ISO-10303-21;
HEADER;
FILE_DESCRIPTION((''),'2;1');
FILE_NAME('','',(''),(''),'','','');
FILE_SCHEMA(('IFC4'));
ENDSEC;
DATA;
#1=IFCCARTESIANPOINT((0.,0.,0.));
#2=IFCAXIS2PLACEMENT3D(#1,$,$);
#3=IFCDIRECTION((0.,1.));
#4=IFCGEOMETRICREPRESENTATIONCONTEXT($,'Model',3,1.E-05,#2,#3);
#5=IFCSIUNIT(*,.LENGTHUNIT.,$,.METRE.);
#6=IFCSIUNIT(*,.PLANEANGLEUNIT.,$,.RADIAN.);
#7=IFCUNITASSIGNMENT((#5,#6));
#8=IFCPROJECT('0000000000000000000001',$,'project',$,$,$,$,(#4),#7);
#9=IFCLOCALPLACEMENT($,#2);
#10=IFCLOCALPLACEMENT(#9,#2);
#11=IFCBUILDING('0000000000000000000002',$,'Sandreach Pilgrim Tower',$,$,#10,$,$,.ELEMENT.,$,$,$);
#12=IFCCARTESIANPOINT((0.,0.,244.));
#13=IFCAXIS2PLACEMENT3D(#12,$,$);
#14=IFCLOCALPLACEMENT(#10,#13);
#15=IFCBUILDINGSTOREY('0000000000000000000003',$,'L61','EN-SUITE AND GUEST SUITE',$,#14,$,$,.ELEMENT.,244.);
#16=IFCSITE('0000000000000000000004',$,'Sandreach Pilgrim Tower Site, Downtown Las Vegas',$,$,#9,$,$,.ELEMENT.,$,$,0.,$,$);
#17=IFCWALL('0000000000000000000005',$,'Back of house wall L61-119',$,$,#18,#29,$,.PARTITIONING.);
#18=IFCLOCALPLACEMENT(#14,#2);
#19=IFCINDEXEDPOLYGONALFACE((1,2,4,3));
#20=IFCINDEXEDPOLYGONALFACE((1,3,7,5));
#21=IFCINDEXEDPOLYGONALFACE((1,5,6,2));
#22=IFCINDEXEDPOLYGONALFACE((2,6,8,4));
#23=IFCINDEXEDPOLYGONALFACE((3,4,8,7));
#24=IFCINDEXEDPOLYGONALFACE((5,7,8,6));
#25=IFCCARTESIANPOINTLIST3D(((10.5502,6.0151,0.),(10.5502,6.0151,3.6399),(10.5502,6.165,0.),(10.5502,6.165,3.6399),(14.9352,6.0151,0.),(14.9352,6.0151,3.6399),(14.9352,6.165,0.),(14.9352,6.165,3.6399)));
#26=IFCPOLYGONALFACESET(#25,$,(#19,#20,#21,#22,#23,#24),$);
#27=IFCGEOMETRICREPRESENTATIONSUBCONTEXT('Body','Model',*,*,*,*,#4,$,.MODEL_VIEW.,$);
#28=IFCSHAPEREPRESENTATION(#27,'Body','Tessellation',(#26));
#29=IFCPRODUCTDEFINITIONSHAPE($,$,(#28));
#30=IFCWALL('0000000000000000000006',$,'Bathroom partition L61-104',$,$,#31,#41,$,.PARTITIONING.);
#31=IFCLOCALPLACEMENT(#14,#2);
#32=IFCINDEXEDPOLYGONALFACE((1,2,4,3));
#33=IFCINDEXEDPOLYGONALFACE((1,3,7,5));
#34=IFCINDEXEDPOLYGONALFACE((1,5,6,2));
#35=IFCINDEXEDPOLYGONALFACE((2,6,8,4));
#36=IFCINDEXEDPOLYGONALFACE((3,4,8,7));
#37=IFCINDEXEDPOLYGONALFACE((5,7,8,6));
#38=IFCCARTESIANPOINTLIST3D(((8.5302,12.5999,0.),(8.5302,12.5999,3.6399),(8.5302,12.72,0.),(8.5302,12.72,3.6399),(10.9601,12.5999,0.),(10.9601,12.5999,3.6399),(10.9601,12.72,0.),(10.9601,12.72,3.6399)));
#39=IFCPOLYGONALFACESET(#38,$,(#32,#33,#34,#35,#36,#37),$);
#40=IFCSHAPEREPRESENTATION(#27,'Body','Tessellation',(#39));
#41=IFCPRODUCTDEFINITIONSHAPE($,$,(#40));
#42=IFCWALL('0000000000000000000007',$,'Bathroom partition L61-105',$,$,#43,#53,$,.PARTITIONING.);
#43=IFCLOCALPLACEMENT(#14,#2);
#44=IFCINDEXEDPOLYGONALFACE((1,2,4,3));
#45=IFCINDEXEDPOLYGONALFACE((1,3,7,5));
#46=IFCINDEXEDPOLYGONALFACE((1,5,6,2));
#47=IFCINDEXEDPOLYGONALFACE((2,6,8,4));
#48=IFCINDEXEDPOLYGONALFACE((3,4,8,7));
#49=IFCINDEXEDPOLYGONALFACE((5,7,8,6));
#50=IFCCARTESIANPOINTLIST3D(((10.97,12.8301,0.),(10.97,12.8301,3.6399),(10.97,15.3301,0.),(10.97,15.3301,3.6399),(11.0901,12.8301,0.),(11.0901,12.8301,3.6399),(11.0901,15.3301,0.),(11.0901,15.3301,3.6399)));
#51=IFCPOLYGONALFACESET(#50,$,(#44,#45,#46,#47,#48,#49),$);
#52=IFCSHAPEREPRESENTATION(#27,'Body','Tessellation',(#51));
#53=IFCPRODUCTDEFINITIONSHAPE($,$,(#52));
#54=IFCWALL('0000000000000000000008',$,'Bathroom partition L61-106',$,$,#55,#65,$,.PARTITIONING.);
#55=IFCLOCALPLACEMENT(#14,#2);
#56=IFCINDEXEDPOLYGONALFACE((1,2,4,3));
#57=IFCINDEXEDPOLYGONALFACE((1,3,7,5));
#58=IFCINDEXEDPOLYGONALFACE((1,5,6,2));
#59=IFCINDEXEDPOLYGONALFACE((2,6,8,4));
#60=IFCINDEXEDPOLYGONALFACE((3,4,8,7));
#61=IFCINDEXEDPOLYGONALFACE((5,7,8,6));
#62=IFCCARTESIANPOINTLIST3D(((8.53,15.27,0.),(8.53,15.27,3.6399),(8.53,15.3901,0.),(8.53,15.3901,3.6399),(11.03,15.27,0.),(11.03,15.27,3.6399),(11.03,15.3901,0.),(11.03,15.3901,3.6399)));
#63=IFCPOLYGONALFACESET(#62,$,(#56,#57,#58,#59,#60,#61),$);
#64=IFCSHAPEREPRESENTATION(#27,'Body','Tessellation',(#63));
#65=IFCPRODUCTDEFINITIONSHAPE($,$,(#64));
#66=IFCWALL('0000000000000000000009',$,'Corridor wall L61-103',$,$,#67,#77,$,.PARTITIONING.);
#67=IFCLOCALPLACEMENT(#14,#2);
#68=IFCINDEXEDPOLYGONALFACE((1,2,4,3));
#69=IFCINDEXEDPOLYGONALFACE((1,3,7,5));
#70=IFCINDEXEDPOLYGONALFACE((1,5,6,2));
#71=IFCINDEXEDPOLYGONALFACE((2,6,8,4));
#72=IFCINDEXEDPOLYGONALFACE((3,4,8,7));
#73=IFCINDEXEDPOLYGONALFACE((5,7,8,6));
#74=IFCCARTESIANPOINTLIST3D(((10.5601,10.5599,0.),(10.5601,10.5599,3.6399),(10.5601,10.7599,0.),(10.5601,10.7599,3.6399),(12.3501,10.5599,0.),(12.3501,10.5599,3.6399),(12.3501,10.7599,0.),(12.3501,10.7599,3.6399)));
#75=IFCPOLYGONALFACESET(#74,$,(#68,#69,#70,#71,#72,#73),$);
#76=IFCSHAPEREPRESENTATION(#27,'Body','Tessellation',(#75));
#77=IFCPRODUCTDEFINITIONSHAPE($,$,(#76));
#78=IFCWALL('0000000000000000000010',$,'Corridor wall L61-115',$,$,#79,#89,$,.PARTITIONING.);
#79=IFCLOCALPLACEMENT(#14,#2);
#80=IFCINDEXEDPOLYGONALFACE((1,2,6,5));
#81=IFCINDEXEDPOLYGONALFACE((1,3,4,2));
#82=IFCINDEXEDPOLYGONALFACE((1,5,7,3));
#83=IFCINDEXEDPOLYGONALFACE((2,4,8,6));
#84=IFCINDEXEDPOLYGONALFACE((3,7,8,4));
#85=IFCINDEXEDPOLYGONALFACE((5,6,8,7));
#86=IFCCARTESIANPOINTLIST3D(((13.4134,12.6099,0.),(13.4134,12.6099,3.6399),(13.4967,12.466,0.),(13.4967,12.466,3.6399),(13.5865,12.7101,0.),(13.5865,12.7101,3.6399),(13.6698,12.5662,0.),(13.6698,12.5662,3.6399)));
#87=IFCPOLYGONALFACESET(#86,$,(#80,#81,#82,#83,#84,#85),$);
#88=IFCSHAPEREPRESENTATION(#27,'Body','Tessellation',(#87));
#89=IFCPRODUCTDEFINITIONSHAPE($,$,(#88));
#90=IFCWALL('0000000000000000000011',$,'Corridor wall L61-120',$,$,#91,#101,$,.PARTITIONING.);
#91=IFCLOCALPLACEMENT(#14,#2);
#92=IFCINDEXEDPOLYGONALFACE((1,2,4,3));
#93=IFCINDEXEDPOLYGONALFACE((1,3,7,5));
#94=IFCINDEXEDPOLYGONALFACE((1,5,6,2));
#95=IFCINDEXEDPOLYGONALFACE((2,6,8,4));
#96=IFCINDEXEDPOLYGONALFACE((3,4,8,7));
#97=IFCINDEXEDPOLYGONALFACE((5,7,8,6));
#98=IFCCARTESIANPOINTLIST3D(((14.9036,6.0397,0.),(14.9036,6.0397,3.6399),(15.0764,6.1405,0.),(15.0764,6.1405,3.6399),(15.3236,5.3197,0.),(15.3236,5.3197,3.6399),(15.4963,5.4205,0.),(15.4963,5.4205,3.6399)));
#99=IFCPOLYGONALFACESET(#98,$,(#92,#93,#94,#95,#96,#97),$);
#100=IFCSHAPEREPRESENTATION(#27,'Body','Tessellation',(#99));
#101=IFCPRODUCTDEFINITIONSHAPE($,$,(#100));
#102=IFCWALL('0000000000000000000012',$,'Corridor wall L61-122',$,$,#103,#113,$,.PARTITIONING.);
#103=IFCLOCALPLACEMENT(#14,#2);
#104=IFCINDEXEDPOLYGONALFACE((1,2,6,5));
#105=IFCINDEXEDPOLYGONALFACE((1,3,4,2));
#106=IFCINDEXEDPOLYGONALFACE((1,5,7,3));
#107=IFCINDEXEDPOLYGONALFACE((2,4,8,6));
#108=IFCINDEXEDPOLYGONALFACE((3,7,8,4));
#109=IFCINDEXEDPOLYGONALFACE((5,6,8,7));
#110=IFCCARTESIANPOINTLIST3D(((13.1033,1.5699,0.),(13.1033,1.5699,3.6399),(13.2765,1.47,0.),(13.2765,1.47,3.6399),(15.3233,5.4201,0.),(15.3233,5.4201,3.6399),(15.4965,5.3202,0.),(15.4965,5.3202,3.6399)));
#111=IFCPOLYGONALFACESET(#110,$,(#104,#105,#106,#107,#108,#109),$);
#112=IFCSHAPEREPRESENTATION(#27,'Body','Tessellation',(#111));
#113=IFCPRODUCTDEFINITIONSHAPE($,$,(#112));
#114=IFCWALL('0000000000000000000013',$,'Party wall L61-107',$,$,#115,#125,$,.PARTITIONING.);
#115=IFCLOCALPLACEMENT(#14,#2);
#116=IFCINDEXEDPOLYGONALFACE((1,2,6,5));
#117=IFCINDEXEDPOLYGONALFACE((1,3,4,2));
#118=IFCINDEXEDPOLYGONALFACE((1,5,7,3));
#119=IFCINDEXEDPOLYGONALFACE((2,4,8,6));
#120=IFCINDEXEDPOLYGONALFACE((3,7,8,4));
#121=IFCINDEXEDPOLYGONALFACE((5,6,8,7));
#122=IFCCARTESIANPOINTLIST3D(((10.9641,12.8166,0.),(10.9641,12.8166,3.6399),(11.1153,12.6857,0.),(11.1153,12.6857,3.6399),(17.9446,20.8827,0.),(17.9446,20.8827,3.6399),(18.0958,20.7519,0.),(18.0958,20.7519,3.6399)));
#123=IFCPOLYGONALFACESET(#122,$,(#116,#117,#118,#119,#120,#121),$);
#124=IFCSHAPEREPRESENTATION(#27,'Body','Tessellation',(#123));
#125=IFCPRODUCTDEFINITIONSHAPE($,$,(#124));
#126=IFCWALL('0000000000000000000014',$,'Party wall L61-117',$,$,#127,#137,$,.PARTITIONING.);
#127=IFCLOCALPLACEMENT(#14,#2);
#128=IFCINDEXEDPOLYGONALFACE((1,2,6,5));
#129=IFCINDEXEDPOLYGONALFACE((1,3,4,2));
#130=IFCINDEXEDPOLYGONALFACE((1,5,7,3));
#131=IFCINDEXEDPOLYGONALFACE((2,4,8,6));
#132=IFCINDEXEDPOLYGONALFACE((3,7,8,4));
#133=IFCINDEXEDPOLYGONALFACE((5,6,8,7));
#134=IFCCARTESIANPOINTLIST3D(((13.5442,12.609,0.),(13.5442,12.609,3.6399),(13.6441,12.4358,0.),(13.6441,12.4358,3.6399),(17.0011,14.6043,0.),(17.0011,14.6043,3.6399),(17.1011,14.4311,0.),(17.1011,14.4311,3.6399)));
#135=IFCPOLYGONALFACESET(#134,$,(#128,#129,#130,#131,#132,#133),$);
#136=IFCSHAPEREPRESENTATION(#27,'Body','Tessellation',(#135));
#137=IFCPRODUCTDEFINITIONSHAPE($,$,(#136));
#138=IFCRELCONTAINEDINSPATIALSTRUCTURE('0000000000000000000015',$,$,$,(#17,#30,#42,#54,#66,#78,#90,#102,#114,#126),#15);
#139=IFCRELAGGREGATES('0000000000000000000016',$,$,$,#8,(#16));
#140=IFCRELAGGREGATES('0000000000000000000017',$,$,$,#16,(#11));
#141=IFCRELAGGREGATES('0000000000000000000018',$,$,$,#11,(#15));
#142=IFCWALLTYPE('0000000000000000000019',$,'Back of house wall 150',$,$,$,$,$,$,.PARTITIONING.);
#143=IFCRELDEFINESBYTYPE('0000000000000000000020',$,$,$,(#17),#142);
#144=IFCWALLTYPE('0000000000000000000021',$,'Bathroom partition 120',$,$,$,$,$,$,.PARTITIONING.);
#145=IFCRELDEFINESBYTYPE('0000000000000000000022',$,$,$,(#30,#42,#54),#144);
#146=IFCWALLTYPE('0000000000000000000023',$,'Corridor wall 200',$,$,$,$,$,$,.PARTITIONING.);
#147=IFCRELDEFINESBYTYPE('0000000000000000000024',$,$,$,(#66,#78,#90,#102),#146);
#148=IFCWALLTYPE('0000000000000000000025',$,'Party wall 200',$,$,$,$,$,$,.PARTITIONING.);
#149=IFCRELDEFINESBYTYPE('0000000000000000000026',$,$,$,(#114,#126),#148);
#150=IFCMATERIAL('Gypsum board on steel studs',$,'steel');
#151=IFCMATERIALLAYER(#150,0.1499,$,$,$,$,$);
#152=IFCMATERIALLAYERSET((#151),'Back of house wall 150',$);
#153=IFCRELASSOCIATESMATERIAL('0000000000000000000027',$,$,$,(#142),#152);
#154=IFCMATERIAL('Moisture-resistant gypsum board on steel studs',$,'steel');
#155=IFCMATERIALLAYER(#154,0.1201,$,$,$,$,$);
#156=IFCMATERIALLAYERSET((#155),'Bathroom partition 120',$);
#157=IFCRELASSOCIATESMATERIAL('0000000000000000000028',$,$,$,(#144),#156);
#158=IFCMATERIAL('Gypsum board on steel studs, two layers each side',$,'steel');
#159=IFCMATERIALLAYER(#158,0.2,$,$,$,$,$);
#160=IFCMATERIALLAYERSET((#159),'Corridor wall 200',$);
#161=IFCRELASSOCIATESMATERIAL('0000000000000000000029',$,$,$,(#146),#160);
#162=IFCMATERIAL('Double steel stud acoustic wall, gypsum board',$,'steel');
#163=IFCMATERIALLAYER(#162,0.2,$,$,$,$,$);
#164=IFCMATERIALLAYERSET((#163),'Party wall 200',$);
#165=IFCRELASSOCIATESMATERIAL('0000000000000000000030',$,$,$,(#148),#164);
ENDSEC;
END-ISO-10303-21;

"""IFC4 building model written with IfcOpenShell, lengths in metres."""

from ifc_helpers import new_model, si_unit, direction, frame, frame_2d, origin, place, context, subcontext, project, spatial, rectangle, extrude, material, layer, layer_set, type_object, element, save


model = new_model("IFC4")

# Units and contexts
model_context = context("Model", 3, precision=1e-05, world=origin(), true_north=direction((0.0, 1.0)))
body_context = subcontext(model_context, "Body", "Model", "MODEL_VIEW")
ifc_project = project(units=[si_unit("LENGTHUNIT", "METRE"), si_unit("PLANEANGLEUNIT", "RADIAN")], contexts=[model_context])

# Site, building, storey
site_placement = place(None, origin())
site = spatial("IfcSite", under=ifc_project, at=site_placement, Name="Sandreach Pilgrim Tower Site, Downtown Las Vegas", CompositionType="ELEMENT", RefElevation=0.0)
building_placement = place(site_placement, origin())
building = spatial("IfcBuilding", under=site, at=building_placement, Name="Sandreach Pilgrim Tower", CompositionType="ELEMENT")
storey_placement = place(building_placement, frame((0.0, 0.0, 244.0)))
storey = spatial("IfcBuildingStorey", under=building, at=storey_placement, Name="L61", Description="EN-SUITE AND GUEST SUITE", CompositionType="ELEMENT", Elevation=244.0)

# Walls
ifc_material_1 = material(Name="Gypsum board on steel studs", Category="steel")
ifc_layer_1 = layer(ifc_material_1, 0.1499)
ifc_layer_set_1 = layer_set([ifc_layer_1], Name="Back of house wall 150")
wall_type_1 = type_object("IfcWallType", Name="Back of house wall 150", PredefinedType="PARTITIONING", material=ifc_layer_set_1)
wall_1_placement = place(storey_placement, frame((14.9351, 6.0901, 0.0), z_axis=(0.0, 0.0, 1.0), x_axis=(-1.0, 0.0, 0.0)))
element("IfcWall", 1, at=wall_1_placement, inside=storey, type_object=wall_type_1, Name="Back of house wall L61-119", PredefinedType="PARTITIONING", context=body_context, shape_type="SweptSolid", body=[
    extrude(rectangle(XDim=4.385, YDim=0.1499, at=frame_2d((2.1924, 0.0))), origin(), (0.0, 0.0, 1.0), 3.6399),
])
ifc_material_2 = material(Name="Moisture-resistant gypsum board on steel studs", Category="steel")
ifc_layer_2 = layer(ifc_material_2, 0.1201)
ifc_layer_set_2 = layer_set([ifc_layer_2], Name="Bathroom partition 120")
wall_type_2 = type_object("IfcWallType", Name="Bathroom partition 120", PredefinedType="PARTITIONING", material=ifc_layer_set_2)
wall_2_placement = place(storey_placement, frame((10.96, 12.6599, 0.0), z_axis=(0.0, 0.0, 1.0), x_axis=(-1.0, 0.0, 0.0)))
element("IfcWall", 2, at=wall_2_placement, inside=storey, type_object=wall_type_2, Name="Bathroom partition L61-104", PredefinedType="PARTITIONING", context=body_context, shape_type="SweptSolid", body=[
    extrude(rectangle(XDim=2.4299, YDim=0.1201, at=frame_2d((1.2148, 0.0))), origin(), (0.0, 0.0, 1.0), 3.6399),
])
for number, where, z_axis, x_axis, name in (
    (3, (11.03, 12.8301, 0.0), (0.0, 0.0, 1.0), (0.0, 1.0, 0.0), "Bathroom partition L61-105"),
    (4, (11.03, 15.3301, 0.0), (0.0, 0.0, 1.0), (-1.0, 0.0, 0.0), "Bathroom partition L61-106"),
):
    element("IfcWall", number, at=place(storey_placement, frame(where, z_axis=z_axis, x_axis=x_axis)), inside=storey, type_object=wall_type_2, Name=name, PredefinedType="PARTITIONING", context=body_context, shape_type="SweptSolid", body=[
        extrude(rectangle(XDim=2.5, YDim=0.1201, at=frame_2d((1.25, 0.0))), origin(), (0.0, 0.0, 1.0), 3.6399),
    ])
ifc_material_3 = material(Name="Gypsum board on steel studs, two layers each side", Category="steel")
ifc_layer_3 = layer(ifc_material_3, 0.2)
ifc_layer_set_3 = layer_set([ifc_layer_3], Name="Corridor wall 200")
wall_type_3 = type_object("IfcWallType", Name="Corridor wall 200", PredefinedType="PARTITIONING", material=ifc_layer_set_3)
wall_3_placement = place(storey_placement, frame((10.5601, 10.6599, 0.0), z_axis=(0.0, 0.0, 1.0), x_axis=(1.0, 0.0, 0.0)))
element("IfcWall", 5, at=wall_3_placement, inside=storey, type_object=wall_type_3, Name="Corridor wall L61-103", PredefinedType="PARTITIONING", context=body_context, shape_type="SweptSolid", body=[
    extrude(rectangle(XDim=1.79, YDim=0.2, at=frame_2d((0.895, 0.0))), origin(), (0.0, 0.0, 1.0), 3.6399),
])

# Wall
wall_4_placement = place(storey_placement, frame((13.5, 12.6599, 0.0), z_axis=(0.0, 0.0, 1.0), x_axis=(0.501036, -0.865426, 0.0)))
element("IfcWall", 6, at=wall_4_placement, inside=storey, type_object=wall_type_3, Name="Corridor wall L61-115", PredefinedType="PARTITIONING", context=body_context, shape_type="SweptSolid", body=[
    extrude(rectangle(XDim=0.1663, YDim=0.2, at=frame_2d((0.083, 0.0))), origin(), (0.0, 0.0, 1.0), 3.6399),
])

# Wall
wall_5_placement = place(storey_placement, frame((14.99, 6.0901, 0.0), z_axis=(0.0, 0.0, 1.0), x_axis=(0.503816, -0.863811, 0.0)))
element("IfcWall", 7, at=wall_5_placement, inside=storey, type_object=wall_type_3, Name="Corridor wall L61-120", PredefinedType="PARTITIONING", context=body_context, shape_type="SweptSolid", body=[
    extrude(rectangle(XDim=0.8335, YDim=0.2, at=frame_2d((0.4167, 0.0))), origin(), (0.0, 0.0, 1.0), 3.6399),
])

# Walls
wall_6_placement = place(storey_placement, frame((15.4099, 5.3701, 0.0), z_axis=(0.0, 0.0, 1.0), x_axis=(-0.499513, -0.866306, 0.0)))
element("IfcWall", 8, at=wall_6_placement, inside=storey, type_object=wall_type_3, Name="Corridor wall L61-122", PredefinedType="PARTITIONING", context=body_context, shape_type="SweptSolid", body=[
    extrude(rectangle(XDim=4.4443, YDim=0.2, at=frame_2d((2.2222, 0.0))), origin(), (0.0, 0.0, 1.0), 3.6399),
])
ifc_material_4 = material(Name="Double steel stud acoustic wall, gypsum board", Category="steel")
ifc_layer_4 = layer(ifc_material_4, 0.2)
ifc_layer_set_4 = layer_set([ifc_layer_4], Name="Party wall 200")
wall_type_4 = type_object("IfcWallType", Name="Party wall 200", PredefinedType="PARTITIONING", material=ifc_layer_set_4)
wall_7_placement = place(storey_placement, frame((11.0398, 12.7512, 0.0), z_axis=(0.0, 0.0, 1.0), x_axis=(0.654384, 0.756162, 0.0)))
element("IfcWall", 9, at=wall_7_placement, inside=storey, type_object=wall_type_4, Name="Party wall L61-107", PredefinedType="PARTITIONING", context=body_context, shape_type="SweptSolid", body=[
    extrude(rectangle(XDim=10.6672, YDim=0.2, at=frame_2d((5.3335, 0.0))), origin(), (0.0, 0.0, 1.0), 3.6399),
])
wall_8_placement = place(storey_placement, frame((13.5942, 12.5225, 0.0), z_axis=(0.0, 0.0, 1.0), x_axis=(0.866086, 0.499895, 0.0)))
element("IfcWall", 10, at=wall_8_placement, inside=storey, type_object=wall_type_4, Name="Party wall L61-117", PredefinedType="PARTITIONING", context=body_context, shape_type="SweptSolid", body=[
    extrude(rectangle(XDim=3.9915, YDim=0.2, at=frame_2d((1.9956, 0.0))), origin(), (0.0, 0.0, 1.0), 3.6399),
])

save(model, "model.ifc")
